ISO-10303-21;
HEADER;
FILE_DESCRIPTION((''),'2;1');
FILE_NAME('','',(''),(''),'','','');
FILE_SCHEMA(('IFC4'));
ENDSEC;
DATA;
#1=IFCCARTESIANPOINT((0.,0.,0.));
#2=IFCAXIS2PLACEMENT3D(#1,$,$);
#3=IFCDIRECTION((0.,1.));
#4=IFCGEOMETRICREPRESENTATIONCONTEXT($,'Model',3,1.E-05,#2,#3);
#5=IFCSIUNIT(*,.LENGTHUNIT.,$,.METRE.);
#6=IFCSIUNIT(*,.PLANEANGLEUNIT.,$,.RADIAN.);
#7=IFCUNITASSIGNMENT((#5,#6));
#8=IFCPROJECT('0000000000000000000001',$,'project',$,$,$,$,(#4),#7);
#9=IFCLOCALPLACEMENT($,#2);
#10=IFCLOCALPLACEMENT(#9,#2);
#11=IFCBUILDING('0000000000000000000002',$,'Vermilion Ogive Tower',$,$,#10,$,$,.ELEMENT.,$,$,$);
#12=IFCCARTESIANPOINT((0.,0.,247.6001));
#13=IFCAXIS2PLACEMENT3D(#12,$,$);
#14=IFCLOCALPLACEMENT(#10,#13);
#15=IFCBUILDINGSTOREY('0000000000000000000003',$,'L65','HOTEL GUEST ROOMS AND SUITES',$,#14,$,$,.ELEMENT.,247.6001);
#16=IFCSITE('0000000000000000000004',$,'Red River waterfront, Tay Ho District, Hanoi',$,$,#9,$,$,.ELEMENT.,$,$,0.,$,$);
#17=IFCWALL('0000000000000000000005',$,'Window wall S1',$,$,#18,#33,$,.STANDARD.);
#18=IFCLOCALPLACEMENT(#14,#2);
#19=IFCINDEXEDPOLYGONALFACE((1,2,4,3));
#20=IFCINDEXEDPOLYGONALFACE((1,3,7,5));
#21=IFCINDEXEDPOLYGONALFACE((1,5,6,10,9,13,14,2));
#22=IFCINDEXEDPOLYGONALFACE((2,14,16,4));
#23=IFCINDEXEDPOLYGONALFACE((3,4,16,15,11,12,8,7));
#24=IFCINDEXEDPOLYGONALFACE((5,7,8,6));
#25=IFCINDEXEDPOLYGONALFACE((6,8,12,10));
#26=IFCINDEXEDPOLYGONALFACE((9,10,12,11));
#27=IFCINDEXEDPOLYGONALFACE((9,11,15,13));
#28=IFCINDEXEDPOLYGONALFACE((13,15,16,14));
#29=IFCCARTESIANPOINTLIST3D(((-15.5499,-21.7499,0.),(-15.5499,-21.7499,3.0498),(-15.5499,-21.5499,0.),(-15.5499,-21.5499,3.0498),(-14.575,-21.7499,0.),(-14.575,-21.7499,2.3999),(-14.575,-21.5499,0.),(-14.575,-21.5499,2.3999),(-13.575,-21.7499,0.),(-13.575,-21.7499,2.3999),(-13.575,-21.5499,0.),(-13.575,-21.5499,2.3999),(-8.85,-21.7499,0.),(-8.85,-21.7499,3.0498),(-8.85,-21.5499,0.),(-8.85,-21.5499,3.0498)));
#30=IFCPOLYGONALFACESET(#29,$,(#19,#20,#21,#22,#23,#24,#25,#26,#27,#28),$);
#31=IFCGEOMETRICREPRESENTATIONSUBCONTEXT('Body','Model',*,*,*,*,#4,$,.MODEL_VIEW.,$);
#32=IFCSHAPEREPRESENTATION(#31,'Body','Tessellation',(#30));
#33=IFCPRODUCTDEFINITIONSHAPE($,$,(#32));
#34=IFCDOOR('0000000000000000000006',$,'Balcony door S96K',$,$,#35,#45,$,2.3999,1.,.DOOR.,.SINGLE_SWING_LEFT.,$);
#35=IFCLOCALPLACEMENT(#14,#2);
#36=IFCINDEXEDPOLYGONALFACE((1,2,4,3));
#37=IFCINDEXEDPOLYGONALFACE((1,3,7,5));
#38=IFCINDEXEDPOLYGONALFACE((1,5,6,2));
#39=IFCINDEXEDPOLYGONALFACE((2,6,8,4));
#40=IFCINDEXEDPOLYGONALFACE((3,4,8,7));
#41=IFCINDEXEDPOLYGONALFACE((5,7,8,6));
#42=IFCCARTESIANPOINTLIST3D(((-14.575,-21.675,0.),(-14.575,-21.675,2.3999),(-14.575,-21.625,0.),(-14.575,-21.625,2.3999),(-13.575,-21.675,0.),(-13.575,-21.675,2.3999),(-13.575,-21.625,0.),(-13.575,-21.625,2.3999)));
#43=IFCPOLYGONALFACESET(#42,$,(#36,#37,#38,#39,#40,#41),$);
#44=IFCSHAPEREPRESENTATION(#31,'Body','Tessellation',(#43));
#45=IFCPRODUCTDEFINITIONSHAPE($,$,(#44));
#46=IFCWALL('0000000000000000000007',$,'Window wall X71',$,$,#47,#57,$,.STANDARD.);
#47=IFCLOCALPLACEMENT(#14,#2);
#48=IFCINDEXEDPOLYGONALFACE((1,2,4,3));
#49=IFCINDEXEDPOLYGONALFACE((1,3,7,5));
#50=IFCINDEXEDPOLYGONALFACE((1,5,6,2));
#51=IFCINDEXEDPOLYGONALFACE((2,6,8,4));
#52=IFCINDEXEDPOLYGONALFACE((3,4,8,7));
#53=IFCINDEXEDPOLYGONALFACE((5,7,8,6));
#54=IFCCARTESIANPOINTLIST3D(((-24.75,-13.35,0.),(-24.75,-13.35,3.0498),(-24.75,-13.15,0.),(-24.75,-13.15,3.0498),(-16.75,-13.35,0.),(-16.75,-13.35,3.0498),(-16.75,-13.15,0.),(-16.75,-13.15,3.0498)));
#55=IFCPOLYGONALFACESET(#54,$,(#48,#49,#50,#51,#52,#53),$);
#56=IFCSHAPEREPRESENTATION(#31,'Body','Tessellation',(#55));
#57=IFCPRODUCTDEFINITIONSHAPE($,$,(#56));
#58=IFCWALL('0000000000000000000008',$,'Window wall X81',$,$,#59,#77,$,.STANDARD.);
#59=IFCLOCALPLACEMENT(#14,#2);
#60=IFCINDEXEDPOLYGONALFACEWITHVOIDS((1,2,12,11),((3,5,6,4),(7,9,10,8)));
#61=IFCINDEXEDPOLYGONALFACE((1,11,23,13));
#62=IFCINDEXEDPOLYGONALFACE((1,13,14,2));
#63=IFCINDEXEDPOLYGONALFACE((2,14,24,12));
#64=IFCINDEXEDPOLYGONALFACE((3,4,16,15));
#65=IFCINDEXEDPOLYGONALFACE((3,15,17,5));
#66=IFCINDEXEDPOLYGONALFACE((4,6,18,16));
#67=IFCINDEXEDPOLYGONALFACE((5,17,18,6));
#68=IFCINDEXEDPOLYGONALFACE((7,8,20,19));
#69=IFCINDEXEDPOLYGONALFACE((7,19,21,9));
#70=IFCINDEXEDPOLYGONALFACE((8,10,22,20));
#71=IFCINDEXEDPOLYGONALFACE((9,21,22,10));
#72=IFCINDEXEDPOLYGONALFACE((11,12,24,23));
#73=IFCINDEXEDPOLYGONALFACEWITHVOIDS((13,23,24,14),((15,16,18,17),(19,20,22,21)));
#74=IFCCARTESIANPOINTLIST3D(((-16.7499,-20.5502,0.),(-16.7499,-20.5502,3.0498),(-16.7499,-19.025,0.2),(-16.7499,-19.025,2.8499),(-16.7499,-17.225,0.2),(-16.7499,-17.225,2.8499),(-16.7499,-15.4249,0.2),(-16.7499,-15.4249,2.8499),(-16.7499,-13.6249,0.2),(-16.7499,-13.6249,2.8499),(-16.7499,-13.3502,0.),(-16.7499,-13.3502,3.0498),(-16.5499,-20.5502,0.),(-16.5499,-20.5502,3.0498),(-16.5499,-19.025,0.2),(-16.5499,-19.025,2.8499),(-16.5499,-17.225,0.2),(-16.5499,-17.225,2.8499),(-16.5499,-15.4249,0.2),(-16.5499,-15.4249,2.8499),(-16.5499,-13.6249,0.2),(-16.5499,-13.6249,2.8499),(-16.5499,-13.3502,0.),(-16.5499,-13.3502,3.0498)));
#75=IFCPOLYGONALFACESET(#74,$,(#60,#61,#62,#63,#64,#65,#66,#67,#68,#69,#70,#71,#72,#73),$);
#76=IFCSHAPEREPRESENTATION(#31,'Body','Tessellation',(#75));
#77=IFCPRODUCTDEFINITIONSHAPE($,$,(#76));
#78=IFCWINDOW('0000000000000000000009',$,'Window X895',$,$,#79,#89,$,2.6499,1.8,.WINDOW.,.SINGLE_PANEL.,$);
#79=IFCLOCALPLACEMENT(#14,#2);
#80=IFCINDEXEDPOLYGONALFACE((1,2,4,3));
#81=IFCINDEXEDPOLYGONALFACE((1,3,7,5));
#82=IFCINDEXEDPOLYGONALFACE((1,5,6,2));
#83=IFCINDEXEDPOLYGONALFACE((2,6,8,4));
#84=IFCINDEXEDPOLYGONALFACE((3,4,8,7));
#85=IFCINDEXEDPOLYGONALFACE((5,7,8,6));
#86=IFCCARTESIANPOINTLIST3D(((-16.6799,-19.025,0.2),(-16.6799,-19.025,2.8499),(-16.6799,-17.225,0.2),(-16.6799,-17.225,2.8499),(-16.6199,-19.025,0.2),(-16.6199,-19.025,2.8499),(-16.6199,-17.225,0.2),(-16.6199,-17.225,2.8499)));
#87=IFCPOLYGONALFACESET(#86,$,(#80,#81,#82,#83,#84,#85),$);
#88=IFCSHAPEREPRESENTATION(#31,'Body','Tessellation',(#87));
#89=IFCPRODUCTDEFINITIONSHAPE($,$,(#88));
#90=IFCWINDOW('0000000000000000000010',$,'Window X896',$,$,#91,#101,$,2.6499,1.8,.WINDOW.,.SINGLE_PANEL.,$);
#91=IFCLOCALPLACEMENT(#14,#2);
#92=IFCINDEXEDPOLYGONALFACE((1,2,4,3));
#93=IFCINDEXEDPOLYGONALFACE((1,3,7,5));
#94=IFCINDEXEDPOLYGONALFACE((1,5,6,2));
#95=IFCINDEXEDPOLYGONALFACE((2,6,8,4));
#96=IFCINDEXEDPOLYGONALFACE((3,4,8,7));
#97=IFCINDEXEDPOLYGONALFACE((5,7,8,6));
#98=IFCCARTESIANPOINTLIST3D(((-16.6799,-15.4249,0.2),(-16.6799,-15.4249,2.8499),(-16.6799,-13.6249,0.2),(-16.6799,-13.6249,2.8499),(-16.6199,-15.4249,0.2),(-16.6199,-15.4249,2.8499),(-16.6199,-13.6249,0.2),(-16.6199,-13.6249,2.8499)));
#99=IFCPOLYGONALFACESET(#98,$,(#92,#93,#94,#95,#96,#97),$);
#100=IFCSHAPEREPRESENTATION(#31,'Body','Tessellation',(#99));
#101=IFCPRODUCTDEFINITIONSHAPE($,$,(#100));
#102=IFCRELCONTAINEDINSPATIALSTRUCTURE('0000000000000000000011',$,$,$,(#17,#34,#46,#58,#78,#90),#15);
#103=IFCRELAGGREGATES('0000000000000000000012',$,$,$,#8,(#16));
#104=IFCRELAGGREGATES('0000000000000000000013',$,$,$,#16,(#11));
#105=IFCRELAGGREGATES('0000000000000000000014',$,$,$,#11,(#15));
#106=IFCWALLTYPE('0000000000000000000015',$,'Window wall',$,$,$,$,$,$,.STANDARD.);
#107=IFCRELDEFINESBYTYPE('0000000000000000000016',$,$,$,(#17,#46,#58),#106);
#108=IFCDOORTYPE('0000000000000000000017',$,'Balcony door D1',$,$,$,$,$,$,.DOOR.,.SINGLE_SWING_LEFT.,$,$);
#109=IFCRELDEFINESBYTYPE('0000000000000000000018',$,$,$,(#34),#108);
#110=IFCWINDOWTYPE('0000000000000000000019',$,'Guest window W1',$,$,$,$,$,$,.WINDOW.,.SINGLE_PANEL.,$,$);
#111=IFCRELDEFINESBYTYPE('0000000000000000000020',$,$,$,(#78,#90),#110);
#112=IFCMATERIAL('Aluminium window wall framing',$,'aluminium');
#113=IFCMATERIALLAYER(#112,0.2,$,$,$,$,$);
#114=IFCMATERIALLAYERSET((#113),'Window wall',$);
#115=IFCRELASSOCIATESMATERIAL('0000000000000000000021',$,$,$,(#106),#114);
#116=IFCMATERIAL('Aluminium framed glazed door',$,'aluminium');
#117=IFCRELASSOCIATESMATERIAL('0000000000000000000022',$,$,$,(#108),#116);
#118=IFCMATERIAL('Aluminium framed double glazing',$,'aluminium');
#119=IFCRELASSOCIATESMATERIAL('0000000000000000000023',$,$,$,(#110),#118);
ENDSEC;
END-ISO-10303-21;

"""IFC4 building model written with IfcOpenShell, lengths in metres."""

from ifc_helpers import new_model, si_unit, direction, frame, frame_2d, origin, place, context, subcontext, project, spatial, rectangle, extrude, material, layer, layer_set, type_object, element, fill, save


model = new_model("IFC4")

# Units and contexts
model_context = context("Model", 3, precision=1e-05, world=origin(), true_north=direction((0.0, 1.0)))
body_context = subcontext(model_context, "Body", "Model", "MODEL_VIEW")
ifc_project = project(units=[si_unit("LENGTHUNIT", "METRE"), si_unit("PLANEANGLEUNIT", "RADIAN")], contexts=[model_context])

# Site, building, storey
site_placement = place(None, origin())
site = spatial("IfcSite", under=ifc_project, at=site_placement, Name="Red River waterfront, Tay Ho District, Hanoi", CompositionType="ELEMENT", RefElevation=0.0)
building_placement = place(site_placement, origin())
building = spatial("IfcBuilding", under=site, at=building_placement, Name="Vermilion Ogive Tower", CompositionType="ELEMENT")
storey_placement = place(building_placement, frame((0.0, 0.0, 247.6001)))
storey = spatial("IfcBuildingStorey", under=building, at=storey_placement, Name="L65", Description="HOTEL GUEST ROOMS AND SUITES", CompositionType="ELEMENT", Elevation=247.6001)

# Wall, opening, door
ifc_material_1 = material(Name="Aluminium window wall framing", Category="aluminium")
ifc_layer_1 = layer(ifc_material_1, 0.2)
ifc_layer_set_1 = layer_set([ifc_layer_1], Name="Window wall")
wall_type_1 = type_object("IfcWallType", Name="Window wall", PredefinedType="STANDARD", material=ifc_layer_set_1)
wall_1_placement = place(storey_placement, frame((-15.55, -21.6499, 0.0), z_axis=(0.0, 0.0, 1.0), x_axis=(1.0, 0.0, 0.0)))
wall_1 = element("IfcWall", 1, at=wall_1_placement, inside=storey, type_object=wall_type_1, Name="Window wall S1", PredefinedType="STANDARD", context=body_context, shape_type="SweptSolid", body=[
    extrude(rectangle(XDim=6.7, YDim=0.2, at=frame_2d((3.3501, 0.0))), origin(), (0.0, 0.0, 1.0), 3.0498),
])
opening_1_placement = place(wall_1_placement, frame((0.9751, 0.0, 0.0)))
opening_1 = element("IfcOpeningElement", 2, at=opening_1_placement, cuts=wall_1, PredefinedType="OPENING", context=body_context, shape_type="SweptSolid", body=[
    extrude(rectangle(XDim=1.0, YDim=2.3999, at=frame_2d((0.5, 1.2))), frame((0.0, 0.1099, 0.0), z_axis=(0.0, -1.0, 0.0), x_axis=(1.0, 0.0, 0.0)), (0.0, 0.0, 1.0), 0.22),
])
ifc_material_2 = material(Name="Aluminium framed glazed door", Category="aluminium")
door_type_1 = type_object("IfcDoorType", Name="Balcony door D1", OperationType="SINGLE_SWING_LEFT", PredefinedType="DOOR", material=ifc_material_2)
door_1_placement = place(opening_1_placement, origin())
door_1 = element("IfcDoor", 3, at=door_1_placement, inside=storey, type_object=door_type_1, Name="Balcony door S96K", OperationType="SINGLE_SWING_LEFT", OverallHeight=2.3999, OverallWidth=1.0, PredefinedType="DOOR", context=body_context, shape_type="SweptSolid", body=[
    extrude(rectangle(XDim=1.0, YDim=2.3999, at=frame_2d((0.5, 1.2))), frame((0.0, 0.0249, 0.0), z_axis=(0.0, -1.0, 0.0), x_axis=(1.0, 0.0, 0.0)), (0.0, 0.0, 1.0), 0.05),
])
fill(opening_1, door_1)

# Wall
wall_2_placement = place(storey_placement, frame((-24.75, -13.25, 0.0), z_axis=(0.0, 0.0, 1.0), x_axis=(1.0, 0.0, 0.0)))
element("IfcWall", 4, at=wall_2_placement, inside=storey, type_object=wall_type_1, Name="Window wall X71", PredefinedType="STANDARD", context=body_context, shape_type="SweptSolid", body=[
    extrude(rectangle(XDim=8.0, YDim=0.2, at=frame_2d((4.0, 0.0))), origin(), (0.0, 0.0, 1.0), 3.0498),
])

# Wall, openings, windows
wall_3_placement = place(storey_placement, frame((-16.6499, -13.3501, 0.0), z_axis=(0.0, 0.0, 1.0), x_axis=(0.0, -1.0, 0.0)))
wall_3 = element("IfcWall", 5, at=wall_3_placement, inside=storey, type_object=wall_type_1, Name="Window wall X81", PredefinedType="STANDARD", context=body_context, shape_type="SweptSolid", body=[
    extrude(rectangle(XDim=7.2, YDim=0.2, at=frame_2d((3.6001, 0.0))), origin(), (0.0, 0.0, 1.0), 3.0498),
])
opening_2_placement = place(wall_3_placement, frame((3.875, 0.0, 0.2)))
opening_2 = element("IfcOpeningElement", 6, at=opening_2_placement, cuts=wall_3, PredefinedType="OPENING", context=body_context, shape_type="SweptSolid", body=[
    extrude(rectangle(XDim=1.8, YDim=2.6499, at=frame_2d((0.8999, 1.325))), frame((0.0, 0.1099, 0.0), z_axis=(0.0, -1.0, 0.0), x_axis=(1.0, 0.0, 0.0)), (0.0, 0.0, 1.0), 0.22),
])
opening_3_placement = place(wall_3_placement, frame((0.2749, 0.0, 0.2)))
opening_3 = element("IfcOpeningElement", 7, at=opening_3_placement, cuts=wall_3, PredefinedType="OPENING", context=body_context, shape_type="SweptSolid", body=[
    extrude(rectangle(XDim=1.8, YDim=2.6499, at=frame_2d((0.8999, 1.325))), frame((0.0, 0.1099, 0.0), z_axis=(0.0, -1.0, 0.0), x_axis=(1.0, 0.0, 0.0)), (0.0, 0.0, 1.0), 0.22),
])
ifc_material_3 = material(Name="Aluminium framed double glazing", Category="aluminium")
window_type = type_object("IfcWindowType", Name="Guest window W1", PartitioningType="SINGLE_PANEL", PredefinedType="WINDOW", material=ifc_material_3)
window_1_placement = place(opening_2_placement, origin())
window_1 = element("IfcWindow", 8, at=window_1_placement, inside=storey, type_object=window_type, Name="Window X895", OverallHeight=2.6499, OverallWidth=1.8, PartitioningType="SINGLE_PANEL", PredefinedType="WINDOW", context=body_context, shape_type="SweptSolid", body=[
    extrude(rectangle(XDim=1.8, YDim=2.6499, at=frame_2d((0.8999, 1.325))), frame((0.0, 0.03, 0.0), z_axis=(0.0, -1.0, 0.0), x_axis=(1.0, 0.0, 0.0)), (0.0, 0.0, 1.0), 0.0601),
])
fill(opening_2, window_1)
window_2_placement = place(opening_3_placement, origin())
window_2 = element("IfcWindow", 9, at=window_2_placement, inside=storey, type_object=window_type, Name="Window X896", OverallHeight=2.6499, OverallWidth=1.8, PartitioningType="SINGLE_PANEL", PredefinedType="WINDOW", context=body_context, shape_type="SweptSolid", body=[
    extrude(rectangle(XDim=1.8, YDim=2.6499, at=frame_2d((0.8999, 1.325))), frame((0.0, 0.03, 0.0), z_axis=(0.0, -1.0, 0.0), x_axis=(1.0, 0.0, 0.0)), (0.0, 0.0, 1.0), 0.0601),
])
fill(opening_3, window_2)

save(model, "model.ifc")
